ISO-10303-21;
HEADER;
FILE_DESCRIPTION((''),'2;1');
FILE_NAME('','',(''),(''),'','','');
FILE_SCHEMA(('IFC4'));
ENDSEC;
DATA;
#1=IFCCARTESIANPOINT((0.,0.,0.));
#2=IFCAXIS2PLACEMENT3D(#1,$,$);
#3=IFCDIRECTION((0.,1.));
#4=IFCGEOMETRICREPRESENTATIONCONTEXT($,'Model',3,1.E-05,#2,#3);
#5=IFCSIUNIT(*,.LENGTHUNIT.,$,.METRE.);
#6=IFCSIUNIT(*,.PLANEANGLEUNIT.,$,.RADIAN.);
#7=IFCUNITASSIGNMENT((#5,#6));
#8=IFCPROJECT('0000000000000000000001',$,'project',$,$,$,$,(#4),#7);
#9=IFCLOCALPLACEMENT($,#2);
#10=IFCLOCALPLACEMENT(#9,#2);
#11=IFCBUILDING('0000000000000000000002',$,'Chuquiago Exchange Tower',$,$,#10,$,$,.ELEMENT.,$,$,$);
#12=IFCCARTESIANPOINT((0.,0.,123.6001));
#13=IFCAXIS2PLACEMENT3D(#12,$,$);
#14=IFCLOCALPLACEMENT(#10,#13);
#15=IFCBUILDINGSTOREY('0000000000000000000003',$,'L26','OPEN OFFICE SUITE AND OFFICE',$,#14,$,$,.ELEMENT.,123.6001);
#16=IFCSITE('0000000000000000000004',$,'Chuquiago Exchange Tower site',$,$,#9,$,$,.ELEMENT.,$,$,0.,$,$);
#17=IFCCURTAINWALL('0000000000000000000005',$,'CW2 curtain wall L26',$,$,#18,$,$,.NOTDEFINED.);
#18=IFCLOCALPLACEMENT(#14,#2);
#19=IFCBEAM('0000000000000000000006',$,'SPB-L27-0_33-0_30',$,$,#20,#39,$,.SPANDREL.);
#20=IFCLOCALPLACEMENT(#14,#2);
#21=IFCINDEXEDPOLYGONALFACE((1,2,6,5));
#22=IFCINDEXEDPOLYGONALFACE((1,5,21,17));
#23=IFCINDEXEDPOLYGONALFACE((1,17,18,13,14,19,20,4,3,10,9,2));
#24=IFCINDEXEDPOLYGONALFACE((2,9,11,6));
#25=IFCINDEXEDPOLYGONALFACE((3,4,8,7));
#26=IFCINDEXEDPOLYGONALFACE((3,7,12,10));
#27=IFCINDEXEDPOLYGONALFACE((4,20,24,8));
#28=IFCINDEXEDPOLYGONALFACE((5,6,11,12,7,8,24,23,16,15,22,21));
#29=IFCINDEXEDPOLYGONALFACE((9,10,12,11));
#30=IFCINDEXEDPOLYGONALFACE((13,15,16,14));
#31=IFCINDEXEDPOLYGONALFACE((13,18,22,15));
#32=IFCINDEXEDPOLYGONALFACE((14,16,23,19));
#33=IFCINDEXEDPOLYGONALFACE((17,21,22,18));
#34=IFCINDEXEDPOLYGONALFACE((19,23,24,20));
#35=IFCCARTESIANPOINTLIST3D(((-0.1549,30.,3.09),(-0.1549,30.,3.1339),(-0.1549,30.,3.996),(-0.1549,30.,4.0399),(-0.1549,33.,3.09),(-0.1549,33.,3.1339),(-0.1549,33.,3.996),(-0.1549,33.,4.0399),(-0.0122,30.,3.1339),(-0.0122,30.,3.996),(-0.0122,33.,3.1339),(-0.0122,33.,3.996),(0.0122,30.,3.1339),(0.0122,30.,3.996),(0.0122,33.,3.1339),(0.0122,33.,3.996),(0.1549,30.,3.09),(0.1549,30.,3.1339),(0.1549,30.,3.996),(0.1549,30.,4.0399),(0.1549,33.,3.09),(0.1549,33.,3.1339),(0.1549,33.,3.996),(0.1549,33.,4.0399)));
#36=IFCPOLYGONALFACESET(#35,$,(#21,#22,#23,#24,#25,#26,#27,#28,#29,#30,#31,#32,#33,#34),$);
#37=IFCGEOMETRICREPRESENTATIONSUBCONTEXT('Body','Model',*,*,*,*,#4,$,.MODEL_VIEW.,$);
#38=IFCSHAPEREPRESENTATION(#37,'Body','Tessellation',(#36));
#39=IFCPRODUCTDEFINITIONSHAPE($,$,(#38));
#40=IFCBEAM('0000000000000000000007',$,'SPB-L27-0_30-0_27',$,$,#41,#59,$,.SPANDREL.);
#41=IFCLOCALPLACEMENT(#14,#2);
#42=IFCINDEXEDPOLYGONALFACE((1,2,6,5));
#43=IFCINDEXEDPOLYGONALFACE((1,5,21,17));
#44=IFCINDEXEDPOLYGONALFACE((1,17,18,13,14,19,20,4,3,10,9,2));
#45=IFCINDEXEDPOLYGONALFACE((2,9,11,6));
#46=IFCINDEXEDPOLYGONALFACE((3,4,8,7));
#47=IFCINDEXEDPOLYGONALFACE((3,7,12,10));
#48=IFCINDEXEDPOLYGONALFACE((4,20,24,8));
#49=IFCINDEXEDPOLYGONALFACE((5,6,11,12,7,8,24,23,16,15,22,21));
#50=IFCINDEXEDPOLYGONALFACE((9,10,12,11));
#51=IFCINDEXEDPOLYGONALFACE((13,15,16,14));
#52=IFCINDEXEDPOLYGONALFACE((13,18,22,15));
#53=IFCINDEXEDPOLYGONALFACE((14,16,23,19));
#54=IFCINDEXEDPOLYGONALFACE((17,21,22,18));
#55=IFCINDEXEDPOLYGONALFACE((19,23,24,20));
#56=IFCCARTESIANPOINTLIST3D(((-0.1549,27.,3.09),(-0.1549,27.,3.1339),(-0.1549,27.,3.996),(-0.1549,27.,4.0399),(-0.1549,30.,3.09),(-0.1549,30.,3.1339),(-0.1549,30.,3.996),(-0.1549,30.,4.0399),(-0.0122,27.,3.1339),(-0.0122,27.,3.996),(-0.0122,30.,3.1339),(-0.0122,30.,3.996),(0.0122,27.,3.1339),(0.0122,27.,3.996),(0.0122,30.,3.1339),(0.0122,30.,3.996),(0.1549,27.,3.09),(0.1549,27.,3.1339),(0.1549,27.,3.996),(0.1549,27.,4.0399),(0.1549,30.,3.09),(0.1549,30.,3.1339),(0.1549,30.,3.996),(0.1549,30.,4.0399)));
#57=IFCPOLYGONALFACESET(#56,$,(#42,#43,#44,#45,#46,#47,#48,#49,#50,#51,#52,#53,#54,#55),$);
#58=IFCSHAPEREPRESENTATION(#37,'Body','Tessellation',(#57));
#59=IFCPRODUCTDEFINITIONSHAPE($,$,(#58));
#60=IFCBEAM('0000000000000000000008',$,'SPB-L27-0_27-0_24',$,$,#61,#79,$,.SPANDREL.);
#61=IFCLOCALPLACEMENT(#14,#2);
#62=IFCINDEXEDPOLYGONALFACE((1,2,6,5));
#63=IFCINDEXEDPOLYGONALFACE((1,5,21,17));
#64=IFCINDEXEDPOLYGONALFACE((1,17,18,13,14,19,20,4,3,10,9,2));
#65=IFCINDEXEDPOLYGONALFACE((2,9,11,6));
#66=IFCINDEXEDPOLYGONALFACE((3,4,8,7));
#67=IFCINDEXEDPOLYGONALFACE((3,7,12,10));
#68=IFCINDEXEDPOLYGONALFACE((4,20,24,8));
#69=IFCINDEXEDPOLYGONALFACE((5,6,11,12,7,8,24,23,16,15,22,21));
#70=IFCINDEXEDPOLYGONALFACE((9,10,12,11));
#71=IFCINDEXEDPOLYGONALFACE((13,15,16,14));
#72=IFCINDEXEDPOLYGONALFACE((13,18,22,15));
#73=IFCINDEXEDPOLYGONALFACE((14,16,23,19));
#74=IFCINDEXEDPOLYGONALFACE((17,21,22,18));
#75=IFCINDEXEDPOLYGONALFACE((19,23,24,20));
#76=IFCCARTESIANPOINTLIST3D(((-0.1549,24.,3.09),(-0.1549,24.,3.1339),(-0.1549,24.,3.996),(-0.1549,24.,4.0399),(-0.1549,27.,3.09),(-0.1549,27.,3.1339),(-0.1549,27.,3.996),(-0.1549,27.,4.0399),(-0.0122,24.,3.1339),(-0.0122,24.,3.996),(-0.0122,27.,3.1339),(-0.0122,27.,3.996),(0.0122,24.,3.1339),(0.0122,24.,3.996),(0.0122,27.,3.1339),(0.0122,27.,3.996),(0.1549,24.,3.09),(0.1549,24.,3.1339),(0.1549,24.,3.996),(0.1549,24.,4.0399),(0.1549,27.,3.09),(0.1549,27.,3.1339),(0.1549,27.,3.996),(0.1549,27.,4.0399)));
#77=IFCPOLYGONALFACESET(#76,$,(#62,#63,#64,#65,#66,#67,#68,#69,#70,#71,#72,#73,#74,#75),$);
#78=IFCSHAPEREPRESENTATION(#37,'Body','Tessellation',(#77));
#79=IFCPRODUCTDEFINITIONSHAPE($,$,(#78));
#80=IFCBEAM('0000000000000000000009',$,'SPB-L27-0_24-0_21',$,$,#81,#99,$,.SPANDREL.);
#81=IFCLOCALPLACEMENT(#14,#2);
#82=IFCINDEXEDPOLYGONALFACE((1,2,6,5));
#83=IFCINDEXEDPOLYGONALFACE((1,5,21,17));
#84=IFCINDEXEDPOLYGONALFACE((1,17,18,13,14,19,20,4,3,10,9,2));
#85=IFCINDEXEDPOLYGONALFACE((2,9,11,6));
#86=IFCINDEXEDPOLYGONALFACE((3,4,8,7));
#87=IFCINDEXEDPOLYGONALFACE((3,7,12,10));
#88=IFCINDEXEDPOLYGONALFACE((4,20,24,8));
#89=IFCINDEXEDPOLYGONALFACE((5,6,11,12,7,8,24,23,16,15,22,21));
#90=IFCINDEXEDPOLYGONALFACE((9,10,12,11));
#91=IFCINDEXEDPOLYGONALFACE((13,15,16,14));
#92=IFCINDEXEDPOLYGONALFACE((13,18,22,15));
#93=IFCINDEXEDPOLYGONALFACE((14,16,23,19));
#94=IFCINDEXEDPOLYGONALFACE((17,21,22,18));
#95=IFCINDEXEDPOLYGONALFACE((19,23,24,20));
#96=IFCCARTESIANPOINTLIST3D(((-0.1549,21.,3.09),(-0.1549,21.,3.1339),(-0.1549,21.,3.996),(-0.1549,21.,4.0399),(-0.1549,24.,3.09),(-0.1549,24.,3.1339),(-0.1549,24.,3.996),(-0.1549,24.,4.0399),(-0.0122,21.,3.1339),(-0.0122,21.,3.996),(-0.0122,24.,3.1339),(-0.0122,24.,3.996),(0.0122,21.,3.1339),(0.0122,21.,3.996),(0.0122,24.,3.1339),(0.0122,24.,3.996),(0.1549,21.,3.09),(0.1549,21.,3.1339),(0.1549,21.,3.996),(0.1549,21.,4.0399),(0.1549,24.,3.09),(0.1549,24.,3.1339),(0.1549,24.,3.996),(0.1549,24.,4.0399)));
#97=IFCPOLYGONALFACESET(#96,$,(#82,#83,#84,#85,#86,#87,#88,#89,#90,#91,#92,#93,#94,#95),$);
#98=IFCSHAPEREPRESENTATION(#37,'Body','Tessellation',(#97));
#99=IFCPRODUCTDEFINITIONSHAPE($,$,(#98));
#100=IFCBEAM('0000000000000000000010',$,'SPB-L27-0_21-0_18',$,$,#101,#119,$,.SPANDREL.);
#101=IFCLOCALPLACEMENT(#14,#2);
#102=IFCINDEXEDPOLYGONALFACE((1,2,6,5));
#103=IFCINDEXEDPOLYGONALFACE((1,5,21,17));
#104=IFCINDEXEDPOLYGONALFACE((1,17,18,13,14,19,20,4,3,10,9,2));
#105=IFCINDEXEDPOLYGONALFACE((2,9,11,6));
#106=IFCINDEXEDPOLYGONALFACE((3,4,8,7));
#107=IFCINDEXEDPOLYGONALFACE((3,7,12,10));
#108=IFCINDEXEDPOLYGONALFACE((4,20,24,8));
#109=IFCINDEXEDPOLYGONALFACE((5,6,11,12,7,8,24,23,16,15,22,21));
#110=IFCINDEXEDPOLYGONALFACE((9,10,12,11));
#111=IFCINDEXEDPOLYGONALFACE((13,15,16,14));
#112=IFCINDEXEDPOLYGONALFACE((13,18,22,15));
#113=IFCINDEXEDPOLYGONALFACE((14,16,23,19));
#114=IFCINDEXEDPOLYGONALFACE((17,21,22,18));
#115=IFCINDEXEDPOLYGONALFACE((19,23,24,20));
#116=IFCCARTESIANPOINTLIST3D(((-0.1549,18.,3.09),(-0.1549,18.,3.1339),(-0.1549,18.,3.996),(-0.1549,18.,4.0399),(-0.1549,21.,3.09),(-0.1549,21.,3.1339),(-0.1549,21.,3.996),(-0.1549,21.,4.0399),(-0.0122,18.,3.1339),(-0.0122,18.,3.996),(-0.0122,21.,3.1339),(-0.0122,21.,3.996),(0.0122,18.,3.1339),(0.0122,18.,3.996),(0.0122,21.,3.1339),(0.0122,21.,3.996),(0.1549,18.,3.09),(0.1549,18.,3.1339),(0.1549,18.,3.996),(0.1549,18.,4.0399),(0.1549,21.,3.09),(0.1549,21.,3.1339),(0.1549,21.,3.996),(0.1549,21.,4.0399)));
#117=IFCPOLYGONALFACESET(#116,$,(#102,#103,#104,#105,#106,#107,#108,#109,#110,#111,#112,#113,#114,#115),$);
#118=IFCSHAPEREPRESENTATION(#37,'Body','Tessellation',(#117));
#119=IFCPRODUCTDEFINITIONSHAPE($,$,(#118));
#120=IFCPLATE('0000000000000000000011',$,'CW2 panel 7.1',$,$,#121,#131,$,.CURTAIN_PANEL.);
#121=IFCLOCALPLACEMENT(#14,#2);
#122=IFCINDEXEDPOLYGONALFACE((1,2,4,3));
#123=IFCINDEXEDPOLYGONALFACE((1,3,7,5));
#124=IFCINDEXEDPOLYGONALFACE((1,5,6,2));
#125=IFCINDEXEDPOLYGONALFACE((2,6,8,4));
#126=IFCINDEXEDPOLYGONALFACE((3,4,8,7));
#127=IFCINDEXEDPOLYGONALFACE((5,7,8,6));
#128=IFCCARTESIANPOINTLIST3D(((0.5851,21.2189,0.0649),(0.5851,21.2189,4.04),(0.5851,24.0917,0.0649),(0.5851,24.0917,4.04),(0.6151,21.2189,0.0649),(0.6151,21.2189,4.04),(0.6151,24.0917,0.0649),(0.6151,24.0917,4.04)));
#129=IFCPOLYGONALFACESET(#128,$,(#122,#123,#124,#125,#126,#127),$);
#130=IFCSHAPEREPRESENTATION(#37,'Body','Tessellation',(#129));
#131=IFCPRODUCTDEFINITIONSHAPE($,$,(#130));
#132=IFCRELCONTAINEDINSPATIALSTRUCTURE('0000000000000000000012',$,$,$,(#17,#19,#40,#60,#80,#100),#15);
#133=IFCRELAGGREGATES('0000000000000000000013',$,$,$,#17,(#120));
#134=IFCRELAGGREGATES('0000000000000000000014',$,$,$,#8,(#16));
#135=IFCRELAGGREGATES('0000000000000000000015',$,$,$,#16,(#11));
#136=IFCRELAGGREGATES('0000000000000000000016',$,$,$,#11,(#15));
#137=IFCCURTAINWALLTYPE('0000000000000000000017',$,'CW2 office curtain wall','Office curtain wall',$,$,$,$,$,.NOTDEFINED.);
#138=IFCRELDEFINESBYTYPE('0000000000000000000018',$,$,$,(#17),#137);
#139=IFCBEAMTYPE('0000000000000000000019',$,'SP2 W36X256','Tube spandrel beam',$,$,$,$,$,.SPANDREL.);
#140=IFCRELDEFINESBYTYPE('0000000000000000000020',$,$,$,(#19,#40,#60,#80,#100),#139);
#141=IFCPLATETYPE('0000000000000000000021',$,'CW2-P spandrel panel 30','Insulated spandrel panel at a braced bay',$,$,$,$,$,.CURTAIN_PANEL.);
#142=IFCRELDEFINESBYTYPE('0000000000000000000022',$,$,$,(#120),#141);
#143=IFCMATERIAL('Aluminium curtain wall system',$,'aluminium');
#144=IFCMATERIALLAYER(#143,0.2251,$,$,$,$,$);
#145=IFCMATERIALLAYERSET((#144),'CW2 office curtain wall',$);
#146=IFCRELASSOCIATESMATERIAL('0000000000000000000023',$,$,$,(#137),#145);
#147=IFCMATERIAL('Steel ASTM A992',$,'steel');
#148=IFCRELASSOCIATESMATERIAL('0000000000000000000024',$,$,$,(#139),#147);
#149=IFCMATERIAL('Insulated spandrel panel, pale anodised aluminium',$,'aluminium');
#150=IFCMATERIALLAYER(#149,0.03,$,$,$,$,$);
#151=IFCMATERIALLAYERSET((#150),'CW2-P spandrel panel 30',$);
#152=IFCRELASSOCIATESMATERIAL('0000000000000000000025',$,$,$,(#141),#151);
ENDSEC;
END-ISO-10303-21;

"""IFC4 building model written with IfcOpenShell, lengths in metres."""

from ifc_helpers import new_model, si_unit, direction, frame, origin, origin_2d, place, context, subcontext, project, spatial, rectangle, i_section, extrude, material, layer, layer_set, material_profile, profile_set, type_object, element, aggregate, save


model = new_model("IFC4")

# Units and contexts
model_context = context("Model", 3, precision=1e-05, world=origin(), true_north=direction((0.0, 1.0)))
body_context = subcontext(model_context, "Body", "Model", "MODEL_VIEW")
ifc_project = project(units=[si_unit("LENGTHUNIT", "METRE"), si_unit("PLANEANGLEUNIT", "RADIAN")], contexts=[model_context])

# Site, building, storey
site_placement = place(None, origin())
site = spatial("IfcSite", under=ifc_project, at=site_placement, Name="Chuquiago Exchange Tower site", CompositionType="ELEMENT", RefElevation=0.0)
building_placement = place(site_placement, origin())
building = spatial("IfcBuilding", under=site, at=building_placement, Name="Chuquiago Exchange Tower", CompositionType="ELEMENT")
storey_placement = place(building_placement, frame((0.0, 0.0, 123.6001)))
storey = spatial("IfcBuildingStorey", under=building, at=storey_placement, Name="L26", Description="OPEN OFFICE SUITE AND OFFICE", CompositionType="ELEMENT", Elevation=123.6001)

# Curtain wall
ifc_material_1 = material(Name="Aluminium curtain wall system", Category="aluminium")
ifc_layer_1 = layer(ifc_material_1, 0.2251)
ifc_layer_set_1 = layer_set([ifc_layer_1], Name="CW2 office curtain wall")
curtain_wall_type = type_object("IfcCurtainWallType", Name="CW2 office curtain wall", Description="Office curtain wall", PredefinedType="NOTDEFINED", material=ifc_layer_set_1)
curtain_wall_placement = place(storey_placement, origin())
curtain_wall = element("IfcCurtainWall", 1, at=curtain_wall_placement, inside=storey, type_object=curtain_wall_type, Name="CW2 curtain wall L26", PredefinedType="NOTDEFINED")

# Beams
ifc_material_2 = material(Name="Steel ASTM A992", Category="steel")
ifc_material_profile_1 = material_profile(ifc_material_2, i_section(OverallWidth=0.3098, OverallDepth=0.95, WebThickness=0.0244, FlangeThickness=0.0439, at=origin_2d()), Name="W36X256")
ifc_profile_set_1 = profile_set([ifc_material_profile_1], Name="Steel ASTM A992")
beam_type = type_object("IfcBeamType", Name="SP2 W36X256", Description="Tube spandrel beam", PredefinedType="SPANDREL", material=ifc_profile_set_1)
for number, where, z_axis, x_axis, name in (
    (2, (0.0, 33.0, 3.5649), (0.0, -1.0, 0.0), (1.0, 0.0, 0.0), "SPB-L27-0_33-0_30"),
    (3, (0.0, 30.0, 3.5649), (0.0, -1.0, 0.0), (1.0, 0.0, 0.0), "SPB-L27-0_30-0_27"),
    (4, (0.0, 27.0, 3.5649), (0.0, -1.0, 0.0), (1.0, 0.0, 0.0), "SPB-L27-0_27-0_24"),
    (5, (0.0, 24.0, 3.5649), (0.0, -1.0, 0.0), (1.0, 0.0, 0.0), "SPB-L27-0_24-0_21"),
    (6, (0.0, 21.0, 3.5649), (0.0, -1.0, 0.0), (1.0, 0.0, 0.0), "SPB-L27-0_21-0_18"),
):
    element("IfcBeam", number, at=place(storey_placement, frame(where, z_axis=z_axis, x_axis=x_axis)), inside=storey, type_object=beam_type, Name=name, PredefinedType="SPANDREL", context=body_context, shape_type="SweptSolid", body=[
        extrude(i_section(OverallWidth=0.3098, OverallDepth=0.95, WebThickness=0.0244, FlangeThickness=0.0439, at=origin_2d()), origin(), (0.0, 0.0, 1.0), 3.0),
    ])

# Plate
ifc_material_3 = material(Name="Insulated spandrel panel, pale anodised aluminium", Category="aluminium")
ifc_layer_2 = layer(ifc_material_3, 0.03)
ifc_layer_set_2 = layer_set([ifc_layer_2], Name="CW2-P spandrel panel 30")
plate_type = type_object("IfcPlateType", Name="CW2-P spandrel panel 30", Description="Insulated spandrel panel at a braced bay", PredefinedType="CURTAIN_PANEL", material=ifc_layer_set_2)
plate_placement = place(storey_placement, frame((0.6001, 22.6553, 0.0649), z_axis=(0.0, 0.0, 1.0), x_axis=(0.0, -1.0, 0.0)))
plate = element("IfcPlate", 7, at=plate_placement, type_object=plate_type, Name="CW2 panel 7.1", PredefinedType="CURTAIN_PANEL", context=body_context, shape_type="SweptSolid", body=[
    extrude(rectangle(XDim=2.8728, YDim=0.03, at=origin_2d()), origin(), (0.0, 0.0, 1.0), 3.9751),
])
aggregate(curtain_wall, [plate])

save(model, "model.ifc")
